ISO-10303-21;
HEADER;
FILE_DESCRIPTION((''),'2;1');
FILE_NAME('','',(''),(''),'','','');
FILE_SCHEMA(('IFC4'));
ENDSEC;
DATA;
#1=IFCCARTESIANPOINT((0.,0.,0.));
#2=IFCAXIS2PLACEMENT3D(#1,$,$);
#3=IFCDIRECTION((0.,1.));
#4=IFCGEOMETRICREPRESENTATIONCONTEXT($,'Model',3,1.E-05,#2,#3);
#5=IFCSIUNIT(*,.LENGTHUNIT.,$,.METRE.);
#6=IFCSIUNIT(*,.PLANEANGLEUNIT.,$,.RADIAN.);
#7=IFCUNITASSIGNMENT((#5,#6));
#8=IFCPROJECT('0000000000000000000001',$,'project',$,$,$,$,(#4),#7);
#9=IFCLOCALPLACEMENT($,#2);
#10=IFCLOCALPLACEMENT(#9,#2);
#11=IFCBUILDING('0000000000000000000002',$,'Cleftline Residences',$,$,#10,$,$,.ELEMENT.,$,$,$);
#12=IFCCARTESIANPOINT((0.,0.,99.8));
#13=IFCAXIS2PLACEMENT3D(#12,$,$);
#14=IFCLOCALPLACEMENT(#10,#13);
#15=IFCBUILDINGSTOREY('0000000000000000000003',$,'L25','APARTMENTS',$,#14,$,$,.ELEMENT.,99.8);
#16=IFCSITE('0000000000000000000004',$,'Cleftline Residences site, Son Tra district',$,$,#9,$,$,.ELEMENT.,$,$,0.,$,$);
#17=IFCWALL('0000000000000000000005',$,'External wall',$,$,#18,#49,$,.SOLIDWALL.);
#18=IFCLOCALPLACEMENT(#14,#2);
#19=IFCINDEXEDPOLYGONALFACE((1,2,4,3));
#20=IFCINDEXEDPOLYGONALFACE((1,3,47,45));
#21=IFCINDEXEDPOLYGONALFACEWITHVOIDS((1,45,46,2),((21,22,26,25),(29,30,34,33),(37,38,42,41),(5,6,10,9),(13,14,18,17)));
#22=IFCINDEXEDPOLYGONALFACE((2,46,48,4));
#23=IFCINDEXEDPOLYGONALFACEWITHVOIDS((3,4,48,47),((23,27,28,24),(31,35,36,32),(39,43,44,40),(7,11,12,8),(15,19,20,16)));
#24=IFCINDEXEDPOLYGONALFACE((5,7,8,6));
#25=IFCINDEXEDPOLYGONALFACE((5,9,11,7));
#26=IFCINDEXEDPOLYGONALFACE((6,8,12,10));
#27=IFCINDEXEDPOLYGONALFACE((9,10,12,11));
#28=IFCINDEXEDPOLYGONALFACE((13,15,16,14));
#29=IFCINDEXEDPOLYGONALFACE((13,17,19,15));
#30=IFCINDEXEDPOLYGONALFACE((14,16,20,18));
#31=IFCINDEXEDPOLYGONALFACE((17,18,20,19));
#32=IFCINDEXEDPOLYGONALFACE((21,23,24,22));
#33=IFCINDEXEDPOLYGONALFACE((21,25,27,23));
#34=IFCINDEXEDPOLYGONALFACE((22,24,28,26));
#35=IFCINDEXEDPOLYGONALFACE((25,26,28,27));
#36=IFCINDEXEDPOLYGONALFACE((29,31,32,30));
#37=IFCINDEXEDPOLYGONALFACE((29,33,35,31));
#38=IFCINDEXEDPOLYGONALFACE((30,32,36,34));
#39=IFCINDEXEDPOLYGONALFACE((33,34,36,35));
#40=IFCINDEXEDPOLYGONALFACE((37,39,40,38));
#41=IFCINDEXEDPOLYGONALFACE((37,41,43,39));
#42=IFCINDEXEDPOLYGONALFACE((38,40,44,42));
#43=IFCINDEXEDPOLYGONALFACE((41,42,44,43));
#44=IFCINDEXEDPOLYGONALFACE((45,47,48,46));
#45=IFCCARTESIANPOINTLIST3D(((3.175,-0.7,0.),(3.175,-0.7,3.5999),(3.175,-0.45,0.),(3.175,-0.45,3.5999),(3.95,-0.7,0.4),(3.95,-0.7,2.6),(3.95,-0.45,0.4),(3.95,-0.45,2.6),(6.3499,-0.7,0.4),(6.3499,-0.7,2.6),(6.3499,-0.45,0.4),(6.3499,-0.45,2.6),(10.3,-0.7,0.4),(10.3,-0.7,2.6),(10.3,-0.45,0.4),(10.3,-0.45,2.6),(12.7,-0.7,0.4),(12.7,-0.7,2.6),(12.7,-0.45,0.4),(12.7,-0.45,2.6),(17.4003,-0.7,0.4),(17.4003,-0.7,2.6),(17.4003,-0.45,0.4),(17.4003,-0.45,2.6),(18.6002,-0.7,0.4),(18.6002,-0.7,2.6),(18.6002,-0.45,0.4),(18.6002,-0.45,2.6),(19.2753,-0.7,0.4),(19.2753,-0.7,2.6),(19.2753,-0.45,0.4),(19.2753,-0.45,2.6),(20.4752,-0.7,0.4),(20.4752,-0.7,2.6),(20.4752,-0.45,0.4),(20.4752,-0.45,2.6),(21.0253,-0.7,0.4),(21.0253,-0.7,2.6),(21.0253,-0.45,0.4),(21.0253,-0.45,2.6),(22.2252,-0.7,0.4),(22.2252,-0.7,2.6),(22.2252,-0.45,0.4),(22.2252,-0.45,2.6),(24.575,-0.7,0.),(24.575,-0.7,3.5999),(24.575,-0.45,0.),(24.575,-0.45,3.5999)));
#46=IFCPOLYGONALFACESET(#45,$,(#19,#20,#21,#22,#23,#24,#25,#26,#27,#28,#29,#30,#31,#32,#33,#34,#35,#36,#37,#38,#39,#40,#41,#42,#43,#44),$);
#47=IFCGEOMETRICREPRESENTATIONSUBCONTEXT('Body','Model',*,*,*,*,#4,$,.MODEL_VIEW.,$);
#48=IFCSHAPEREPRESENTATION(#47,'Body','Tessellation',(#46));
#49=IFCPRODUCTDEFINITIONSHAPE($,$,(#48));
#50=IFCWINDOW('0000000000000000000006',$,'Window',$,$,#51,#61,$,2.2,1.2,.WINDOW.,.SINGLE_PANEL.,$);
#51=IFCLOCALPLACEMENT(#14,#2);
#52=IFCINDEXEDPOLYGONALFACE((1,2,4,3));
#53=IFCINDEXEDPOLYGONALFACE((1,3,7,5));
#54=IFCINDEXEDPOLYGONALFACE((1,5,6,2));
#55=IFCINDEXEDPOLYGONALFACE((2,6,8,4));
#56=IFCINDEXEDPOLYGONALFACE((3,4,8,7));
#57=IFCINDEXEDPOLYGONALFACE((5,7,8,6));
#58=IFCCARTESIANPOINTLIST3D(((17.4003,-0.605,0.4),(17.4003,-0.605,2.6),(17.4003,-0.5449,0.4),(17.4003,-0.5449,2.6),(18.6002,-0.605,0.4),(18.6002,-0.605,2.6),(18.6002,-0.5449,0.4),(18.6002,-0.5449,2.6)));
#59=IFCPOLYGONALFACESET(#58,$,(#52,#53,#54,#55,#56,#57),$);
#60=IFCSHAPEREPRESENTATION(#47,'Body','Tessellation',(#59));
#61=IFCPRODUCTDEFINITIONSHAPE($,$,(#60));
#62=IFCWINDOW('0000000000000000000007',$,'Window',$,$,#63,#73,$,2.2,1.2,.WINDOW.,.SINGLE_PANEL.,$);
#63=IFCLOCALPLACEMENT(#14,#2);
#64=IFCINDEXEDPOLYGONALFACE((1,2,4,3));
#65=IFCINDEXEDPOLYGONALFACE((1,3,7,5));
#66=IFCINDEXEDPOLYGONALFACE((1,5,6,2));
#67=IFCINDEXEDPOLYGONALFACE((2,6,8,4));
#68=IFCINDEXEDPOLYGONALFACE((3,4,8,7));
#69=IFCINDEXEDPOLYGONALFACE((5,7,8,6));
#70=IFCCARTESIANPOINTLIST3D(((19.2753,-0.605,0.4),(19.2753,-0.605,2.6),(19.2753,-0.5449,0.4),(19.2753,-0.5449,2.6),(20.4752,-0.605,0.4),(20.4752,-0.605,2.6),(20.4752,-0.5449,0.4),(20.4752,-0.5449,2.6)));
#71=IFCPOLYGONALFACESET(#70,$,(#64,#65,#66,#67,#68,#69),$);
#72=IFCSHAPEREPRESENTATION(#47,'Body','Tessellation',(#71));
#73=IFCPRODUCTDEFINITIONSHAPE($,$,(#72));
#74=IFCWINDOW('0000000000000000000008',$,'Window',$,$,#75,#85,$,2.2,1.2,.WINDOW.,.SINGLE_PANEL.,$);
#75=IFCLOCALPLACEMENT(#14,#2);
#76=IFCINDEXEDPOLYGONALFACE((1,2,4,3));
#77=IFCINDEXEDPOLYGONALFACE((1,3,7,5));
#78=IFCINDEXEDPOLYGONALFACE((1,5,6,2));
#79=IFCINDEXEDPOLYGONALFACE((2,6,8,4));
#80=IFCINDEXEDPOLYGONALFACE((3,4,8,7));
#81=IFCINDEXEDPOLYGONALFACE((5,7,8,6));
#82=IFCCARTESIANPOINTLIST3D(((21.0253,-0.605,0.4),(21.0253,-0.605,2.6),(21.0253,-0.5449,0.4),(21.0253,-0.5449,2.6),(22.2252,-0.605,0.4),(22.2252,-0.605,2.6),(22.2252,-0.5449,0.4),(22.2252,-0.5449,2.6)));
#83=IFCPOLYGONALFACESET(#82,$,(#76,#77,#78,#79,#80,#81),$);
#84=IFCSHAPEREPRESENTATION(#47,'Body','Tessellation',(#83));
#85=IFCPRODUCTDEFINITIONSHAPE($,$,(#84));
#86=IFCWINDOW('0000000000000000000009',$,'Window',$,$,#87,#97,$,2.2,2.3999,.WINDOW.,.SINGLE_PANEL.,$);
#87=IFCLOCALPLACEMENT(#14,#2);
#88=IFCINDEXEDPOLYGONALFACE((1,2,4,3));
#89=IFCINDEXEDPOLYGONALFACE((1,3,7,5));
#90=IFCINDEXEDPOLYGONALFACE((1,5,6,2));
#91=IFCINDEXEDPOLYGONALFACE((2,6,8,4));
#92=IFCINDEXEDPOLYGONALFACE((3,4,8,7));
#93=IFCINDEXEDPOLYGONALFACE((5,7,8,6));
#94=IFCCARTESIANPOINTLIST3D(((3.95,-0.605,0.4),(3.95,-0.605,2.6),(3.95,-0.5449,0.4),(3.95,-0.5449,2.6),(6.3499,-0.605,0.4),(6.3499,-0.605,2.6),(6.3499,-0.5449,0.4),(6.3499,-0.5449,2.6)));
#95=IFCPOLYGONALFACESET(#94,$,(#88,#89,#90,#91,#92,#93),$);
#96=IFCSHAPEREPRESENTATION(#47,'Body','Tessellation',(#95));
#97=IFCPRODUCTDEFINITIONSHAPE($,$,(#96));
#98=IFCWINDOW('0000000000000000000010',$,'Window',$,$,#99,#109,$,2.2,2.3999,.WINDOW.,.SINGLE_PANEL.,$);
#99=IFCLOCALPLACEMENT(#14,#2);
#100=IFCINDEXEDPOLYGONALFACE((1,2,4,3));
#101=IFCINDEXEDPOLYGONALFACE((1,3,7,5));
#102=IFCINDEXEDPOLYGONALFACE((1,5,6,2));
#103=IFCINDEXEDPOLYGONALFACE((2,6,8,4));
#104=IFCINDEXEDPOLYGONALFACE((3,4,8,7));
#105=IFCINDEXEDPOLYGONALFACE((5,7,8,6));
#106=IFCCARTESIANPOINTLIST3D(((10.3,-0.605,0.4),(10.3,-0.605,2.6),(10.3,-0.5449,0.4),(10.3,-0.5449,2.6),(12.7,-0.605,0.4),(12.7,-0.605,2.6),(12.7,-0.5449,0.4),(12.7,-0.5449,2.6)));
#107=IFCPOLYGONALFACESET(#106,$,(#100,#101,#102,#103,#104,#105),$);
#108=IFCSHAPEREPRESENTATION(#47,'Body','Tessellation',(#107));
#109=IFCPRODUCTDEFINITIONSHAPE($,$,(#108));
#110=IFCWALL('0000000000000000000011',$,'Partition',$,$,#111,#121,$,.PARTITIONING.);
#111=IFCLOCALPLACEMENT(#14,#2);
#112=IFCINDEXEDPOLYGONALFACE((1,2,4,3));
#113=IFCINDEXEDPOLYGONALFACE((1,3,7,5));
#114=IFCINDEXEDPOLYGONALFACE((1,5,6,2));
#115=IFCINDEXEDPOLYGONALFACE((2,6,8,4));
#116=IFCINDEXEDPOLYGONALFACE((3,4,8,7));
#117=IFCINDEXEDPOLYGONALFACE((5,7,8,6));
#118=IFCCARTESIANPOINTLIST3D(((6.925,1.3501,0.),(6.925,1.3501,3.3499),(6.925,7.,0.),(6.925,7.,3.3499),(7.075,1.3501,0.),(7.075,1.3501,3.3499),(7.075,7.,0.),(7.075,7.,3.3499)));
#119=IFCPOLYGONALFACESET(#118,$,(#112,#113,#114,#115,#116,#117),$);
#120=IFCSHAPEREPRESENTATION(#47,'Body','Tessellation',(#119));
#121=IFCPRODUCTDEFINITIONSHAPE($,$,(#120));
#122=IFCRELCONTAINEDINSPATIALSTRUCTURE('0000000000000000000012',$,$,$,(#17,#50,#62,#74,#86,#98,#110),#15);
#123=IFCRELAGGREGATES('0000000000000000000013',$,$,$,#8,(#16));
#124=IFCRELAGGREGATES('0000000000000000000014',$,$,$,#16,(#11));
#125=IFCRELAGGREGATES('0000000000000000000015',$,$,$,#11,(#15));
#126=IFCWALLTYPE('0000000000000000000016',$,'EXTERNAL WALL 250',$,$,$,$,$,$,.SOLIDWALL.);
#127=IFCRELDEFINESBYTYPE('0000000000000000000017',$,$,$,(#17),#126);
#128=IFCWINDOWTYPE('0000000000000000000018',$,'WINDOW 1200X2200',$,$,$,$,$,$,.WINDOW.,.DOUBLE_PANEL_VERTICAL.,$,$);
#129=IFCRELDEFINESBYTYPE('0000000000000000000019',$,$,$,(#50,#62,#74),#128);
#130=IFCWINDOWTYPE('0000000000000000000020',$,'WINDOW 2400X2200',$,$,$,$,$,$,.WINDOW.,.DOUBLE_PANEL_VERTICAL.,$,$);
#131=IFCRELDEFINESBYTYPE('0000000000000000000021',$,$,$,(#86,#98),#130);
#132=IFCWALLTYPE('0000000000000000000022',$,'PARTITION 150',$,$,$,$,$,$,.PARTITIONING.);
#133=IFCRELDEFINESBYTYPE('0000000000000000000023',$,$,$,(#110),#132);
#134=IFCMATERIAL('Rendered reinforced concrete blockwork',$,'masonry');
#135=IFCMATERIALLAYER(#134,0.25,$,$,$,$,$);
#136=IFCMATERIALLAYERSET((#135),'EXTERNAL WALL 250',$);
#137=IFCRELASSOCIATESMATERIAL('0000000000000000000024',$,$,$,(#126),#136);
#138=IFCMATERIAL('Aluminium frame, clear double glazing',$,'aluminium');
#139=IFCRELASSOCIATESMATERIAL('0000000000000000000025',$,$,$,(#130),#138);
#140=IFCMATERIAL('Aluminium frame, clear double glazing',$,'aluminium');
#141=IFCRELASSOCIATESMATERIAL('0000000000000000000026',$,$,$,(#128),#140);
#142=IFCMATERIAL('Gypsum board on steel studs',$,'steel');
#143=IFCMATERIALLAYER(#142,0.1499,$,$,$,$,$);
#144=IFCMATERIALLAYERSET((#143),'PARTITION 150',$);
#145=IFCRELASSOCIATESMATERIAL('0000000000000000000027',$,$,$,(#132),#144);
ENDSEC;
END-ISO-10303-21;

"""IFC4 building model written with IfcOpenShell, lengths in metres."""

from ifc_helpers import new_model, si_unit, direction, frame, frame_2d, origin, place, context, subcontext, project, spatial, rectangle, extrude, material, layer, layer_set, type_object, element, fill, save


model = new_model("IFC4")

# Units and contexts
model_context = context("Model", 3, precision=1e-05, world=origin(), true_north=direction((0.0, 1.0)))
body_context = subcontext(model_context, "Body", "Model", "MODEL_VIEW")
ifc_project = project(units=[si_unit("LENGTHUNIT", "METRE"), si_unit("PLANEANGLEUNIT", "RADIAN")], contexts=[model_context])

# Site, building, storey
site_placement = place(None, origin())
site = spatial("IfcSite", under=ifc_project, at=site_placement, Name="Cleftline Residences site, Son Tra district", CompositionType="ELEMENT", RefElevation=0.0)
building_placement = place(site_placement, origin())
building = spatial("IfcBuilding", under=site, at=building_placement, Name="Cleftline Residences", CompositionType="ELEMENT")
storey_placement = place(building_placement, frame((0.0, 0.0, 99.8)))
storey = spatial("IfcBuildingStorey", under=building, at=storey_placement, Name="L25", Description="APARTMENTS", CompositionType="ELEMENT", Elevation=99.8)

# Shared definitions
ifc_material_1 = material(Name="Rendered reinforced concrete blockwork", Category="masonry")
ifc_layer_1 = layer(ifc_material_1, 0.25)
ifc_layer_set_1 = layer_set([ifc_layer_1], Name="EXTERNAL WALL 250")
wall_type_1 = type_object("IfcWallType", Name="EXTERNAL WALL 250", PredefinedType="SOLIDWALL", material=ifc_layer_set_1)
ifc_material_2 = material(Name="Aluminium frame, clear double glazing", Category="aluminium")
window_type_1 = type_object("IfcWindowType", Name="WINDOW 2400X2200", PartitioningType="DOUBLE_PANEL_VERTICAL", PredefinedType="WINDOW", material=ifc_material_2)

# Wall, openings, windows
wall_1_placement = place(storey_placement, frame((3.175, -0.575, 0.0), z_axis=(0.0, 0.0, 1.0), x_axis=(1.0, 0.0, 0.0)))
wall_1 = element("IfcWall", 1, at=wall_1_placement, inside=storey, type_object=wall_type_1, Name="External wall", PredefinedType="SOLIDWALL", context=body_context, shape_type="SweptSolid", body=[
    extrude(rectangle(XDim=21.3999, YDim=0.25, at=frame_2d((10.7, 0.0))), origin(), (0.0, 0.0, 1.0), 3.5999),
])
opening_1_placement = place(wall_1_placement, frame((0.7749, 0.0, 0.3999)))
opening_1 = element("IfcOpeningElement", 2, at=opening_1_placement, cuts=wall_1, PredefinedType="OPENING", context=body_context, shape_type="SweptSolid", body=[
    extrude(rectangle(XDim=2.3999, YDim=2.2, at=frame_2d((1.2, 1.1001))), frame((0.0, 0.135, 0.0), z_axis=(0.0, -1.0, 0.0), x_axis=(1.0, 0.0, 0.0)), (0.0, 0.0, 1.0), 0.27),
])
opening_2_placement = place(wall_1_placement, frame((7.125, 0.0, 0.3999)))
opening_2 = element("IfcOpeningElement", 3, at=opening_2_placement, cuts=wall_1, PredefinedType="OPENING", context=body_context, shape_type="SweptSolid", body=[
    extrude(rectangle(XDim=2.3999, YDim=2.2, at=frame_2d((1.2, 1.1001))), frame((0.0, 0.135, 0.0), z_axis=(0.0, -1.0, 0.0), x_axis=(1.0, 0.0, 0.0)), (0.0, 0.0, 1.0), 0.27),
])
opening_3_placement = place(wall_1_placement, frame((14.2251, 0.0, 0.3999)))
opening_3 = element("IfcOpeningElement", 4, at=opening_3_placement, cuts=wall_1, PredefinedType="OPENING", context=body_context, shape_type="SweptSolid", body=[
    extrude(rectangle(XDim=1.2, YDim=2.2, at=frame_2d((0.6001, 1.1001))), frame((0.0, 0.135, 0.0), z_axis=(0.0, -1.0, 0.0), x_axis=(1.0, 0.0, 0.0)), (0.0, 0.0, 1.0), 0.27),
])
opening_4_placement = place(wall_1_placement, frame((16.1001, 0.0, 0.3999)))
opening_4 = element("IfcOpeningElement", 5, at=opening_4_placement, cuts=wall_1, PredefinedType="OPENING", context=body_context, shape_type="SweptSolid", body=[
    extrude(rectangle(XDim=1.2, YDim=2.2, at=frame_2d((0.6001, 1.1001))), frame((0.0, 0.135, 0.0), z_axis=(0.0, -1.0, 0.0), x_axis=(1.0, 0.0, 0.0)), (0.0, 0.0, 1.0), 0.27),
])
opening_5_placement = place(wall_1_placement, frame((17.8501, 0.0, 0.3999)))
opening_5 = element("IfcOpeningElement", 6, at=opening_5_placement, cuts=wall_1, PredefinedType="OPENING", context=body_context, shape_type="SweptSolid", body=[
    extrude(rectangle(XDim=1.2, YDim=2.2, at=frame_2d((0.6001, 1.1001))), frame((0.0, 0.135, 0.0), z_axis=(0.0, -1.0, 0.0), x_axis=(1.0, 0.0, 0.0)), (0.0, 0.0, 1.0), 0.27),
])
ifc_material_3 = material(Name="Aluminium frame, clear double glazing", Category="aluminium")
window_type_2 = type_object("IfcWindowType", Name="WINDOW 1200X2200", PartitioningType="DOUBLE_PANEL_VERTICAL", PredefinedType="WINDOW", material=ifc_material_3)
window_1_placement = place(opening_3_placement, origin())
window_1 = element("IfcWindow", 7, at=window_1_placement, inside=storey, type_object=window_type_2, Name="Window", OverallHeight=2.2, OverallWidth=1.2, PartitioningType="SINGLE_PANEL", PredefinedType="WINDOW", context=body_context, shape_type="SweptSolid", body=[
    extrude(rectangle(XDim=1.2, YDim=2.2, at=frame_2d((0.6001, 1.1001))), frame((0.0, 0.03, 0.0), z_axis=(0.0, -1.0, 0.0), x_axis=(1.0, 0.0, 0.0)), (0.0, 0.0, 1.0), 0.0601),
])
fill(opening_3, window_1)
window_2_placement = place(opening_4_placement, origin())
window_2 = element("IfcWindow", 8, at=window_2_placement, inside=storey, type_object=window_type_2, Name="Window", OverallHeight=2.2, OverallWidth=1.2, PartitioningType="SINGLE_PANEL", PredefinedType="WINDOW", context=body_context, shape_type="SweptSolid", body=[
    extrude(rectangle(XDim=1.2, YDim=2.2, at=frame_2d((0.6001, 1.1001))), frame((0.0, 0.03, 0.0), z_axis=(0.0, -1.0, 0.0), x_axis=(1.0, 0.0, 0.0)), (0.0, 0.0, 1.0), 0.0601),
])
fill(opening_4, window_2)
window_3_placement = place(opening_5_placement, origin())
window_3 = element("IfcWindow", 9, at=window_3_placement, inside=storey, type_object=window_type_2, Name="Window", OverallHeight=2.2, OverallWidth=1.2, PartitioningType="SINGLE_PANEL", PredefinedType="WINDOW", context=body_context, shape_type="SweptSolid", body=[
    extrude(rectangle(XDim=1.2, YDim=2.2, at=frame_2d((0.6001, 1.1001))), frame((0.0, 0.03, 0.0), z_axis=(0.0, -1.0, 0.0), x_axis=(1.0, 0.0, 0.0)), (0.0, 0.0, 1.0), 0.0601),
])
fill(opening_5, window_3)
window_4_placement = place(opening_1_placement, origin())
window_4 = element("IfcWindow", 10, at=window_4_placement, inside=storey, type_object=window_type_1, Name="Window", OverallHeight=2.2, OverallWidth=2.3999, PartitioningType="SINGLE_PANEL", PredefinedType="WINDOW", context=body_context, shape_type="SweptSolid", body=[
    extrude(rectangle(XDim=2.3999, YDim=2.2, at=frame_2d((1.2, 1.1001))), frame((0.0, 0.03, 0.0), z_axis=(0.0, -1.0, 0.0), x_axis=(1.0, 0.0, 0.0)), (0.0, 0.0, 1.0), 0.0601),
])
fill(opening_1, window_4)
window_5_placement = place(opening_2_placement, origin())
window_5 = element("IfcWindow", 11, at=window_5_placement, inside=storey, type_object=window_type_1, Name="Window", OverallHeight=2.2, OverallWidth=2.3999, PartitioningType="SINGLE_PANEL", PredefinedType="WINDOW", context=body_context, shape_type="SweptSolid", body=[
    extrude(rectangle(XDim=2.3999, YDim=2.2, at=frame_2d((1.2, 1.1001))), frame((0.0, 0.03, 0.0), z_axis=(0.0, -1.0, 0.0), x_axis=(1.0, 0.0, 0.0)), (0.0, 0.0, 1.0), 0.0601),
])
fill(opening_2, window_5)

# Wall
ifc_material_4 = material(Name="Gypsum board on steel studs", Category="steel")
ifc_layer_2 = layer(ifc_material_4, 0.1499)
ifc_layer_set_2 = layer_set([ifc_layer_2], Name="PARTITION 150")
wall_type_2 = type_object("IfcWallType", Name="PARTITION 150", PredefinedType="PARTITIONING", material=ifc_layer_set_2)
wall_2_placement = place(storey_placement, frame((7.0, 1.3501, 0.0), z_axis=(0.0, 0.0, 1.0), x_axis=(0.0, 1.0, 0.0)))
element("IfcWall", 12, at=wall_2_placement, inside=storey, type_object=wall_type_2, Name="Partition", PredefinedType="PARTITIONING", context=body_context, shape_type="SweptSolid", body=[
    extrude(rectangle(XDim=5.6499, YDim=0.1499, at=frame_2d((2.825, 0.0))), origin(), (0.0, 0.0, 1.0), 3.3499),
])

save(model, "model.ifc")
